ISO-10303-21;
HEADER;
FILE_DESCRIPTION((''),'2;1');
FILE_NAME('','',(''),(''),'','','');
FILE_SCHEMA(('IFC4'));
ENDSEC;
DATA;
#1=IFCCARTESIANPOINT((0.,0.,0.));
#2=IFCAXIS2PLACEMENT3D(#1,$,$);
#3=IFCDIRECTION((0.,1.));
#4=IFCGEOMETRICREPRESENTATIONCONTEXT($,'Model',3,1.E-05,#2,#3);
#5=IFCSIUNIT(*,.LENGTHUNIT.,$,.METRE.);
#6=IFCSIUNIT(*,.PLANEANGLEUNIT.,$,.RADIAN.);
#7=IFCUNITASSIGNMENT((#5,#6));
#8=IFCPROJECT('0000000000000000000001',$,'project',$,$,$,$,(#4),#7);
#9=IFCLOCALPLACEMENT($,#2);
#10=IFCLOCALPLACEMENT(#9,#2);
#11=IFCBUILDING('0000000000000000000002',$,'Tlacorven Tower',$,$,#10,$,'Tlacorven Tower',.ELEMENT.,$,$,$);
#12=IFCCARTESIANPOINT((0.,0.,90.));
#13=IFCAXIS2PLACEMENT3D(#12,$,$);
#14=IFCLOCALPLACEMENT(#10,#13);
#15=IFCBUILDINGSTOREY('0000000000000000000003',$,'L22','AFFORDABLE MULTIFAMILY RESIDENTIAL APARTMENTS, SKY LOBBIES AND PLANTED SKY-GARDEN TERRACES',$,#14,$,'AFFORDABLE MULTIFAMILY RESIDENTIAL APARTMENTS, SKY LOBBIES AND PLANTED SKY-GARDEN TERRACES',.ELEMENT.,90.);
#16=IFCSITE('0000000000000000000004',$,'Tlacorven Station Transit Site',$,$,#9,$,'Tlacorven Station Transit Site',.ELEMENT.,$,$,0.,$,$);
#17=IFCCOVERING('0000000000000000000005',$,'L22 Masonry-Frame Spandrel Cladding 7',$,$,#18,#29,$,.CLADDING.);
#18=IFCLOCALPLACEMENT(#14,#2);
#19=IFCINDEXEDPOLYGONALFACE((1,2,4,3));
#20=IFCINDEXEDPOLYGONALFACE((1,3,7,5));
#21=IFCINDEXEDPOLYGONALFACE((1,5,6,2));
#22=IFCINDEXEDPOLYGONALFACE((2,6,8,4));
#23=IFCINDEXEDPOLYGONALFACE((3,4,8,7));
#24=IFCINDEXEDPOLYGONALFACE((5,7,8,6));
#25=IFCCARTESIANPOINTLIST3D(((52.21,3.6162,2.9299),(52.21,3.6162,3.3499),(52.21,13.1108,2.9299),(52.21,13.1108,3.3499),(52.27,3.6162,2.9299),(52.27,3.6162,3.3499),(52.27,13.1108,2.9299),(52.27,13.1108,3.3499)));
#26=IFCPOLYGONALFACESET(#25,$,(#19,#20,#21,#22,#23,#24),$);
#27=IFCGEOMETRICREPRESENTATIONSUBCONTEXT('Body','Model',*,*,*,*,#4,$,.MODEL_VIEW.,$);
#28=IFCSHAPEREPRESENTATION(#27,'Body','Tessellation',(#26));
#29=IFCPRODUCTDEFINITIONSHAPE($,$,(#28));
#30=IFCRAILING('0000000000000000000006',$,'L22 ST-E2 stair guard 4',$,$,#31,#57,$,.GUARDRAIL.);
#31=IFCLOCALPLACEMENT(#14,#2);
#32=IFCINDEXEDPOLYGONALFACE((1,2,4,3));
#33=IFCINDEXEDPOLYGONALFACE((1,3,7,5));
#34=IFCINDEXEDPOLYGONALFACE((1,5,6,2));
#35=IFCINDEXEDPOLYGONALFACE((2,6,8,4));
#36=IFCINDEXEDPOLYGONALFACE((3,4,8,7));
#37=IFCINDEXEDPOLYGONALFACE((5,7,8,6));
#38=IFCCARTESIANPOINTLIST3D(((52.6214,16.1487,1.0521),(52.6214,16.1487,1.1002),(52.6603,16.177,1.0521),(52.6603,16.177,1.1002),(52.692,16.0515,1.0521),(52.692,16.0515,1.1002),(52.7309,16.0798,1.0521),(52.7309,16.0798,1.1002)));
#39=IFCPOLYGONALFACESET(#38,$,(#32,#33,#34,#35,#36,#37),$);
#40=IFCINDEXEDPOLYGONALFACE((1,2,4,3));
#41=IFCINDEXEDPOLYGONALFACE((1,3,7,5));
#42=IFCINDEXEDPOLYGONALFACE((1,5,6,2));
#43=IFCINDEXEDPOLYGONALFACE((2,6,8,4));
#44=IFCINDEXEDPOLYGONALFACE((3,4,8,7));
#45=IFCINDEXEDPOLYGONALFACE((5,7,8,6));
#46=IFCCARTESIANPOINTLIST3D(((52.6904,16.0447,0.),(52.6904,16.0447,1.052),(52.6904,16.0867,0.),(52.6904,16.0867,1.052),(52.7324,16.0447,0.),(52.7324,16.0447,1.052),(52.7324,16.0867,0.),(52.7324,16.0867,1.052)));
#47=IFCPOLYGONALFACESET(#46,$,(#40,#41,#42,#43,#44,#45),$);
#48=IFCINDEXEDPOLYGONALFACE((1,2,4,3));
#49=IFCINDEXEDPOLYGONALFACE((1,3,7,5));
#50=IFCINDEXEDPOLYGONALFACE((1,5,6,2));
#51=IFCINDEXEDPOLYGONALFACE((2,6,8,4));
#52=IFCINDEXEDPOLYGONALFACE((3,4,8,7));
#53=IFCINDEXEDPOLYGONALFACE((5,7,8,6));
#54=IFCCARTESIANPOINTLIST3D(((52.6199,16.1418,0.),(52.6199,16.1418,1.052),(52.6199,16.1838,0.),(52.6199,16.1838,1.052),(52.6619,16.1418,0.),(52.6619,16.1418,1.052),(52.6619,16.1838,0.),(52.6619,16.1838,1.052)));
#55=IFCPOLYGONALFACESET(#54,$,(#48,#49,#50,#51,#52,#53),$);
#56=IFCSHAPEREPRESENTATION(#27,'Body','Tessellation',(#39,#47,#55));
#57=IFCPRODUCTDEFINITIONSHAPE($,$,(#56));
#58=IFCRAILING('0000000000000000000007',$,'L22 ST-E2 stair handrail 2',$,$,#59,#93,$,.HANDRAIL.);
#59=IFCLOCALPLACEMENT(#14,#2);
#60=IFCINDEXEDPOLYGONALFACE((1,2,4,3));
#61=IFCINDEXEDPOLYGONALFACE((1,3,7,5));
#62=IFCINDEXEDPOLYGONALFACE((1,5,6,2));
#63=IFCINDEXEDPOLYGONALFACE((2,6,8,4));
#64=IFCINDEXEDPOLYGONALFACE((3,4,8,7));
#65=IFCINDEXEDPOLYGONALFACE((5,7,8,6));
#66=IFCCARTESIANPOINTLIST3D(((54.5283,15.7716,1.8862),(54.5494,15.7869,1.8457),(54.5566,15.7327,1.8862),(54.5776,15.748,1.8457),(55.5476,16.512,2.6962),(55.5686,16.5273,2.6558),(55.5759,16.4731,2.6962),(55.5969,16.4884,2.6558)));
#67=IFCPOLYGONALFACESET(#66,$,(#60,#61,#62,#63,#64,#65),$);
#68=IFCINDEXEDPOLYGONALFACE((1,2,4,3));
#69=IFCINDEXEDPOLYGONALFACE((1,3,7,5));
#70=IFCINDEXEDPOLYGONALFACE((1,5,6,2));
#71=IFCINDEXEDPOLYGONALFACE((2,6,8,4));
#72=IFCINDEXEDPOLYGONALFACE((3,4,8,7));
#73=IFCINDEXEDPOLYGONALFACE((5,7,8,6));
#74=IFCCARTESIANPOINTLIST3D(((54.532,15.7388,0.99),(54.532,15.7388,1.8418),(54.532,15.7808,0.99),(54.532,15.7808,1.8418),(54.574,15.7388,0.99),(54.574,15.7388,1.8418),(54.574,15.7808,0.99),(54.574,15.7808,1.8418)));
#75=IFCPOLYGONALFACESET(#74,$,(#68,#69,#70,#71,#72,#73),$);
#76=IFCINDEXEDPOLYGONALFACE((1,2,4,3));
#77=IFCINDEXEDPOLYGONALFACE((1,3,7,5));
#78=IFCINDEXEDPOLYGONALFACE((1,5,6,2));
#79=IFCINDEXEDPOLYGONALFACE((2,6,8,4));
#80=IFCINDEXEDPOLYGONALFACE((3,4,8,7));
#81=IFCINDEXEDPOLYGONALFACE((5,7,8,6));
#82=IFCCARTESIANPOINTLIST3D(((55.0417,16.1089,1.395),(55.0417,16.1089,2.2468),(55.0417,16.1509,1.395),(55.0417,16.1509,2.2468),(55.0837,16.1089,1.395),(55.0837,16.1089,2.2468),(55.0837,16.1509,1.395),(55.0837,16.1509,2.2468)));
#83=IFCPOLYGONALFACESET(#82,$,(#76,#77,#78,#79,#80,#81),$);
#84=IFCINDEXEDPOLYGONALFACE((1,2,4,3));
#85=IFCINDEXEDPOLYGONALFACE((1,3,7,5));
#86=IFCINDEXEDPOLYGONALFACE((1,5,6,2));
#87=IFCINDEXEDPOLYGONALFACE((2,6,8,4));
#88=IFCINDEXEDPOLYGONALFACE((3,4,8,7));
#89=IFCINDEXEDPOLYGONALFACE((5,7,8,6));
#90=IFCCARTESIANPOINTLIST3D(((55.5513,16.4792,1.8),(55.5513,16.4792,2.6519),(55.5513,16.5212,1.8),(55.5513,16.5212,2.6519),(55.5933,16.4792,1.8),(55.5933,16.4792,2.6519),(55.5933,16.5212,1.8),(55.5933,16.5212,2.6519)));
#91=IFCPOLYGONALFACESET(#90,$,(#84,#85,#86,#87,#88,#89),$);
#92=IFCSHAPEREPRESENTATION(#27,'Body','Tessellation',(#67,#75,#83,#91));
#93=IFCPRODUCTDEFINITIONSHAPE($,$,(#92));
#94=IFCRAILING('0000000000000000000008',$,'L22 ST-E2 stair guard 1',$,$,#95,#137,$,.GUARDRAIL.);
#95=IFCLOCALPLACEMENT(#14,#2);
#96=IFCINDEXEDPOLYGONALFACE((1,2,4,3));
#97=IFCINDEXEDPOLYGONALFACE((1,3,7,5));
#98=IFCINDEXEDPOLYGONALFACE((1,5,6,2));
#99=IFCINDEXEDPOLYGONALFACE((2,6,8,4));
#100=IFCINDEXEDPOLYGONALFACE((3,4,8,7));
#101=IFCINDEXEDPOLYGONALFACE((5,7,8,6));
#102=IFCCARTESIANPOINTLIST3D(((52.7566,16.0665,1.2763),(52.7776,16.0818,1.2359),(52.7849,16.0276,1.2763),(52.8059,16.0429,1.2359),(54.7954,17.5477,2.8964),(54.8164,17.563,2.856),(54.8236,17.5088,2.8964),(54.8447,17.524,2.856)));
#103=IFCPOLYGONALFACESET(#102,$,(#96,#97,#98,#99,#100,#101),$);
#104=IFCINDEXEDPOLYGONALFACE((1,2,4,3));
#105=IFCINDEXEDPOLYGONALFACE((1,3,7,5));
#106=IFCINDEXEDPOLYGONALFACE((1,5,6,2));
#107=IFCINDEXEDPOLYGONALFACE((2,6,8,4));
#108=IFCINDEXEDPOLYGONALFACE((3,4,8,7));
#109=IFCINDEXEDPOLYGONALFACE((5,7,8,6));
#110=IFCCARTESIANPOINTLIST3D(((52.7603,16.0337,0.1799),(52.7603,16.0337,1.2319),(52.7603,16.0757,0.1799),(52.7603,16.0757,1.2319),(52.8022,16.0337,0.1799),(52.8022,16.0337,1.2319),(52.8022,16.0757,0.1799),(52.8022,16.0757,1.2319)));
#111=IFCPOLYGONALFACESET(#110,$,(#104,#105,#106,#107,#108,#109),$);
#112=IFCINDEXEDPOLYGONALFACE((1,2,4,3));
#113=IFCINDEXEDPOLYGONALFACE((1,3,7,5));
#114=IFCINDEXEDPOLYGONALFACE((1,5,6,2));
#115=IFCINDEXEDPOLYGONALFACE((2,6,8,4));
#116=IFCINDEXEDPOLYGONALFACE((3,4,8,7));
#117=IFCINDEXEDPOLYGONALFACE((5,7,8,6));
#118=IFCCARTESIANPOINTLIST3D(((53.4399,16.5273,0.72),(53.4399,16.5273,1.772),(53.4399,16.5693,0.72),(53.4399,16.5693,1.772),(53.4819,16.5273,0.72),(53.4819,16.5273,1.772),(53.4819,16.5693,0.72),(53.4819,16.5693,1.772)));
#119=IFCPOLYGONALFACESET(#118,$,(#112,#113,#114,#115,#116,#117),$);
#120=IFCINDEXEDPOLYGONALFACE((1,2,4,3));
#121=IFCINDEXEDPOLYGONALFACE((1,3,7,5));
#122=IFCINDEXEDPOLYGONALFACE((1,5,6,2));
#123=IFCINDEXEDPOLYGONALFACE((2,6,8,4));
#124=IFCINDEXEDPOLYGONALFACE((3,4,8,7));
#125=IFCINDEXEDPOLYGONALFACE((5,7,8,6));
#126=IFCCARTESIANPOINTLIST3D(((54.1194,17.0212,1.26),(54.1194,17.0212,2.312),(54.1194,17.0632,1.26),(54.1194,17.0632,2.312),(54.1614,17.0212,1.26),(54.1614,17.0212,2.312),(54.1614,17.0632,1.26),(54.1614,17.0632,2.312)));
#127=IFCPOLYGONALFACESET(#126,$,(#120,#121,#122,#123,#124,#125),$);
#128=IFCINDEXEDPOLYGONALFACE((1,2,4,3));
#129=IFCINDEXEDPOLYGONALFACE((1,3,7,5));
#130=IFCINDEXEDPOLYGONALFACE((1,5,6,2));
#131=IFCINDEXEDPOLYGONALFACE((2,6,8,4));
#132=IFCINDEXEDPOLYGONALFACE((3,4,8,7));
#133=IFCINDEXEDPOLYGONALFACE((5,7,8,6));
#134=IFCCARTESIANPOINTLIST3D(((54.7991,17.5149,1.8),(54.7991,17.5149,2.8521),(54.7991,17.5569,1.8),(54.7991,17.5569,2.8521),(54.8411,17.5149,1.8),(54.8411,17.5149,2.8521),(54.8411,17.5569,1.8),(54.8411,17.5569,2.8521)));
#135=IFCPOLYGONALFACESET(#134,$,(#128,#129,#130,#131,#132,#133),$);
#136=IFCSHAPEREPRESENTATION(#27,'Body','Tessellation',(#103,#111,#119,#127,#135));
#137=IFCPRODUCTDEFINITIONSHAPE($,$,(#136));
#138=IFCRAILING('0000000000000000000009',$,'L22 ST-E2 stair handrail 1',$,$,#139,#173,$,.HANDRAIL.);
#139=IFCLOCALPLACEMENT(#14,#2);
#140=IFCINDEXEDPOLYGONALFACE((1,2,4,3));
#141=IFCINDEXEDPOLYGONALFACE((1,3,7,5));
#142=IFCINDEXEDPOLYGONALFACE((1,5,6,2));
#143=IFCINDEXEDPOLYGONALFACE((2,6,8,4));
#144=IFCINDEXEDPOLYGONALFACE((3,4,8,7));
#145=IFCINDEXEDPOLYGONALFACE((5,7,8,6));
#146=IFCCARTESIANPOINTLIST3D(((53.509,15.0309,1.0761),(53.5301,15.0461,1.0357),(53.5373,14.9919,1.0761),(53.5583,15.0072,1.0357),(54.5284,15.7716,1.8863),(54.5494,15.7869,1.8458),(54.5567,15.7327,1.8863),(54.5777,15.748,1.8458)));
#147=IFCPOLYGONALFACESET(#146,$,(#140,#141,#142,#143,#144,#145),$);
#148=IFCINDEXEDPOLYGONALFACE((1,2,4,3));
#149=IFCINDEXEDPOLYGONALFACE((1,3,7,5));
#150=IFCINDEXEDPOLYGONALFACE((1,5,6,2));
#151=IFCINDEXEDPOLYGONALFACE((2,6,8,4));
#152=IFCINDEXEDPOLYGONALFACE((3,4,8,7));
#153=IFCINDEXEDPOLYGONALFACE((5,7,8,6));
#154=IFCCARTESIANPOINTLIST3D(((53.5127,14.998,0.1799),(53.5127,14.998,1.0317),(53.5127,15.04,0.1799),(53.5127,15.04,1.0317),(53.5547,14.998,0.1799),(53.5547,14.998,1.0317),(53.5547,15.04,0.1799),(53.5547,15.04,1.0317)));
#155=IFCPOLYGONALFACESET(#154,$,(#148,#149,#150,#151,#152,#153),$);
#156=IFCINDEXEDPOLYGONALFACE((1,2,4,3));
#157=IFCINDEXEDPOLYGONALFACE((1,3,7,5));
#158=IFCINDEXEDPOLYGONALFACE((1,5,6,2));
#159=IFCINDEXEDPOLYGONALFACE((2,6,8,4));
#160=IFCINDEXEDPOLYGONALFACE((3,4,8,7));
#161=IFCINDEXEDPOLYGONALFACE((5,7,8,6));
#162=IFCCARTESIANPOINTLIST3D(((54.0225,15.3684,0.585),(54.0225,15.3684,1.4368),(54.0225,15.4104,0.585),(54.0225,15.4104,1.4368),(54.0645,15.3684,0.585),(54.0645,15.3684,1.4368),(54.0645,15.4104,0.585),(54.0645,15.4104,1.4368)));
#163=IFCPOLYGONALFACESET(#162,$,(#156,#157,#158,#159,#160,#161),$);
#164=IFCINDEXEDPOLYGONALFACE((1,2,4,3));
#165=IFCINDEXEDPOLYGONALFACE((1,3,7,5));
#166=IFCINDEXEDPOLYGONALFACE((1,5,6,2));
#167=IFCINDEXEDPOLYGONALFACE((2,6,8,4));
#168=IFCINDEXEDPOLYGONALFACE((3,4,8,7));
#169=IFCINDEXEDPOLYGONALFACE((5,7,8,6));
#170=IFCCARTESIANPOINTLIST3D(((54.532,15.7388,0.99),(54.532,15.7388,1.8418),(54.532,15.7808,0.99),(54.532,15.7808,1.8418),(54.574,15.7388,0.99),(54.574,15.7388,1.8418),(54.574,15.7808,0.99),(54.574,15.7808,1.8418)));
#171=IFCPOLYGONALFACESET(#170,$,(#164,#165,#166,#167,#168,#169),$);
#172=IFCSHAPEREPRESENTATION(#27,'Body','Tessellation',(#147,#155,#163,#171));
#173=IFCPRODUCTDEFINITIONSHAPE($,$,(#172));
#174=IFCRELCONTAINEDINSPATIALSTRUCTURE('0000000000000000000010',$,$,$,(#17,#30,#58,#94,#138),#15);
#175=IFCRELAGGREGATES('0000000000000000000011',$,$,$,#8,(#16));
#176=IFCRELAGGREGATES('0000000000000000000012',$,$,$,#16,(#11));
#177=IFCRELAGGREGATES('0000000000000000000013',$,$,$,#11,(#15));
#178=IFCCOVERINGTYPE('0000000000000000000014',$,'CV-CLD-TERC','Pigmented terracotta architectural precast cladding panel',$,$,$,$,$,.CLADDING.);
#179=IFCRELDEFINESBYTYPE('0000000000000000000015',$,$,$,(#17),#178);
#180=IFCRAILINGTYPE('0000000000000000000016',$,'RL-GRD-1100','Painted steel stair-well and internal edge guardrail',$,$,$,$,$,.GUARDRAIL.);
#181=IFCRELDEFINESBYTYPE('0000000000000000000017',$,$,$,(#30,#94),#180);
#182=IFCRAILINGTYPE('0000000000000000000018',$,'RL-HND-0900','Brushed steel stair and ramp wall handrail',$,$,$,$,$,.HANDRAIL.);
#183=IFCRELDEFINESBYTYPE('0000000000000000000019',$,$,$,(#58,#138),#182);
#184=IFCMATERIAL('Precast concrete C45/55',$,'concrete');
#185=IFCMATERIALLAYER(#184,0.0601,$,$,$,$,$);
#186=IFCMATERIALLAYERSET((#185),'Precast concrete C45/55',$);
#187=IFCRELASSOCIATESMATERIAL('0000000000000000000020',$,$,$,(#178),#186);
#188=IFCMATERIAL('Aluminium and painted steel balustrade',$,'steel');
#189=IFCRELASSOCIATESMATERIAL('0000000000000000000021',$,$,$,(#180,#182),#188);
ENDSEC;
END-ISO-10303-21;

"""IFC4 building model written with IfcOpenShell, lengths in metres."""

from ifc_helpers import new_model, si_unit, direction, frame, origin, origin_2d, place, context, subcontext, project, spatial, rectangle, extrude, source, transform, mapped, material, layer, layer_set, type_object, element, save


model = new_model("IFC4")

# Units and contexts
model_context = context("Model", 3, precision=1e-05, world=origin(), true_north=direction((0.0, 1.0)))
body_context = subcontext(model_context, "Body", "Model", "MODEL_VIEW")
ifc_project = project(units=[si_unit("LENGTHUNIT", "METRE"), si_unit("PLANEANGLEUNIT", "RADIAN")], contexts=[model_context])

# Site, building, storey
site_placement = place(None, origin())
site = spatial("IfcSite", under=ifc_project, at=site_placement, Name="Tlacorven Station Transit Site", LongName="Tlacorven Station Transit Site", CompositionType="ELEMENT", RefElevation=0.0)
building_placement = place(site_placement, origin())
building = spatial("IfcBuilding", under=site, at=building_placement, Name="Tlacorven Tower", LongName="Tlacorven Tower", CompositionType="ELEMENT")
storey_placement = place(building_placement, frame((0.0, 0.0, 90.0)))
storey = spatial("IfcBuildingStorey", under=building, at=storey_placement, Name="L22", Description="AFFORDABLE MULTIFAMILY RESIDENTIAL APARTMENTS, SKY LOBBIES AND PLANTED SKY-GARDEN TERRACES", LongName="AFFORDABLE MULTIFAMILY RESIDENTIAL APARTMENTS, SKY LOBBIES AND PLANTED SKY-GARDEN TERRACES", CompositionType="ELEMENT", Elevation=90.0)

# Shared definitions
ifc_material_1 = material(Name="Precast concrete C45/55", Category="concrete")

# Covering
ifc_layer_1 = layer(ifc_material_1, 0.0601)
ifc_layer_set_1 = layer_set([ifc_layer_1], Name="Precast concrete C45/55")
covering_type = type_object("IfcCoveringType", Name="CV-CLD-TERC", Description="Pigmented terracotta architectural precast cladding panel", PredefinedType="CLADDING", material=ifc_layer_set_1)
shared_shape_1 = source(origin(), body_context, "Body", "SweptSolid", [
    extrude(rectangle(XDim=9.4946, YDim=0.0601, at=origin_2d()), origin(), (0.0, 0.0, 1.0), 0.4199),
])
covering_placement = place(storey_placement, frame((52.24, 8.3635, 2.9299), z_axis=(0.0, 0.0, 1.0), x_axis=(0.0, -1.0, 0.0)))
element("IfcCovering", 1, at=covering_placement, inside=storey, type_object=covering_type, Name="L22 Masonry-Frame Spandrel Cladding 7", PredefinedType="CLADDING", context=body_context, shape_type="MappedRepresentation", body=[
    mapped(shared_shape_1, transform((0.0, 0.0, 0.0), scale=1.0)),
])

# Railings
ifc_material_2 = material(Name="Aluminium and painted steel balustrade", Category="steel")
railing_type_1 = type_object("IfcRailingType", Name="RL-GRD-1100", Description="Painted steel stair-well and internal edge guardrail", PredefinedType="GUARDRAIL", material=ifc_material_2)
shared_shape_2 = source(origin(), body_context, "Body", "SweptSolid", [
    extrude(rectangle(XDim=0.0481, YDim=0.0481, at=origin_2d()), frame((0.0, 0.0, 1.0762), z_axis=(-0.587567, 0.809175, 0.0), x_axis=(-0.809175, -0.587567, 0.0)), (0.0, 0.0, 1.0), 0.1201),
    extrude(rectangle(XDim=0.042, YDim=0.042, at=origin_2d()), origin(), (0.0, 0.0, 1.0), 1.052),
    extrude(rectangle(XDim=0.042, YDim=0.042, at=origin_2d()), frame((-0.0706, 0.0972, 0.0)), (0.0, 0.0, 1.0), 1.052),
])
railing_1_placement = place(storey_placement, frame((52.7114, 16.0657, 0.0)))
element("IfcRailing", 2, at=railing_1_placement, inside=storey, type_object=railing_type_1, Name="L22 ST-E2 stair guard 4", PredefinedType="GUARDRAIL", context=body_context, shape_type="MappedRepresentation", body=[
    mapped(shared_shape_2, transform((0.0, 0.0, 0.0), scale=1.0)),
])
railing_type_2 = type_object("IfcRailingType", Name="RL-HND-0900", Description="Brushed steel stair and ramp wall handrail", PredefinedType="HANDRAIL", material=ifc_material_2)
shared_shape_3 = source(origin(), body_context, "Body", "SweptSolid", [
    extrude(rectangle(XDim=0.0481, YDim=0.0481, at=origin_2d()), frame((0.0, 0.0, 0.876), z_axis=(0.680516, 0.494373, 0.540827), x_axis=(-0.587745, 0.809046, 0.0)), (0.0, 0.0, 1.0), 1.4978),
    extrude(rectangle(XDim=0.042, YDim=0.042, at=origin_2d()), origin(), (0.0, 0.0, 1.0), 0.8518),
    extrude(rectangle(XDim=0.042, YDim=0.042, at=origin_2d()), frame((0.5098, 0.3701, 0.405)), (0.0, 0.0, 1.0), 0.8518),
    extrude(rectangle(XDim=0.042, YDim=0.042, at=origin_2d()), frame((1.0193, 0.7405, 0.8101)), (0.0, 0.0, 1.0), 0.8518),
])
railing_2_placement = place(storey_placement, frame((54.553, 15.7598, 0.99)))
element("IfcRailing", 3, at=railing_2_placement, inside=storey, type_object=railing_type_2, Name="L22 ST-E2 stair handrail 2", PredefinedType="HANDRAIL", context=body_context, shape_type="MappedRepresentation", body=[
    mapped(shared_shape_3, transform((0.0, 0.0, 0.0), scale=1.0)),
])
shared_shape_4 = source(origin(), body_context, "Body", "SweptSolid", [
    extrude(rectangle(XDim=0.0481, YDim=0.0481, at=origin_2d()), frame((0.0, 0.0, 1.0762), z_axis=(0.680532, 0.494407, 0.540775), x_axis=(-0.587763, 0.809033, 0.0)), (0.0, 0.0, 1.0), 2.9958),
    extrude(rectangle(XDim=0.042, YDim=0.042, at=origin_2d()), origin(), (0.0, 0.0, 1.0), 1.052),
    extrude(rectangle(XDim=0.042, YDim=0.042, at=origin_2d()), frame((0.6797, 0.4937, 0.54)), (0.0, 0.0, 1.0), 1.052),
    extrude(rectangle(XDim=0.042, YDim=0.042, at=origin_2d()), frame((1.3591, 0.9875, 1.0801)), (0.0, 0.0, 1.0), 1.052),
    extrude(rectangle(XDim=0.042, YDim=0.042, at=origin_2d()), frame((2.0388, 1.4812, 1.6201)), (0.0, 0.0, 1.0), 1.052),
])
railing_3_placement = place(storey_placement, frame((52.7812, 16.0547, 0.1799)))
element("IfcRailing", 4, at=railing_3_placement, inside=storey, type_object=railing_type_1, Name="L22 ST-E2 stair guard 1", PredefinedType="GUARDRAIL", context=body_context, shape_type="MappedRepresentation", body=[
    mapped(shared_shape_4, transform((0.0, 0.0, 0.0), scale=1.0)),
])
shared_shape_5 = source(origin(), body_context, "Body", "SweptSolid", [
    extrude(rectangle(XDim=0.0481, YDim=0.0481, at=origin_2d()), frame((0.0, 0.0, 0.876), z_axis=(0.680461, 0.494496, 0.540783), x_axis=(-0.587872, 0.808954, 0.0)), (0.0, 0.0, 1.0), 1.498),
    extrude(rectangle(XDim=0.042, YDim=0.042, at=origin_2d()), origin(), (0.0, 0.0, 1.0), 0.8518),
    extrude(rectangle(XDim=0.042, YDim=0.042, at=origin_2d()), frame((0.5098, 0.3704, 0.405)), (0.0, 0.0, 1.0), 0.8518),
    extrude(rectangle(XDim=0.042, YDim=0.042, at=origin_2d()), frame((1.0193, 0.7407, 0.8101)), (0.0, 0.0, 1.0), 0.8518),
])
railing_4_placement = place(storey_placement, frame((53.5337, 15.019, 0.1799)))
element("IfcRailing", 5, at=railing_4_placement, inside=storey, type_object=railing_type_2, Name="L22 ST-E2 stair handrail 1", PredefinedType="HANDRAIL", context=body_context, shape_type="MappedRepresentation", body=[
    mapped(shared_shape_5, transform((0.0, 0.0, 0.0), scale=1.0)),
])

save(model, "model.ifc")
